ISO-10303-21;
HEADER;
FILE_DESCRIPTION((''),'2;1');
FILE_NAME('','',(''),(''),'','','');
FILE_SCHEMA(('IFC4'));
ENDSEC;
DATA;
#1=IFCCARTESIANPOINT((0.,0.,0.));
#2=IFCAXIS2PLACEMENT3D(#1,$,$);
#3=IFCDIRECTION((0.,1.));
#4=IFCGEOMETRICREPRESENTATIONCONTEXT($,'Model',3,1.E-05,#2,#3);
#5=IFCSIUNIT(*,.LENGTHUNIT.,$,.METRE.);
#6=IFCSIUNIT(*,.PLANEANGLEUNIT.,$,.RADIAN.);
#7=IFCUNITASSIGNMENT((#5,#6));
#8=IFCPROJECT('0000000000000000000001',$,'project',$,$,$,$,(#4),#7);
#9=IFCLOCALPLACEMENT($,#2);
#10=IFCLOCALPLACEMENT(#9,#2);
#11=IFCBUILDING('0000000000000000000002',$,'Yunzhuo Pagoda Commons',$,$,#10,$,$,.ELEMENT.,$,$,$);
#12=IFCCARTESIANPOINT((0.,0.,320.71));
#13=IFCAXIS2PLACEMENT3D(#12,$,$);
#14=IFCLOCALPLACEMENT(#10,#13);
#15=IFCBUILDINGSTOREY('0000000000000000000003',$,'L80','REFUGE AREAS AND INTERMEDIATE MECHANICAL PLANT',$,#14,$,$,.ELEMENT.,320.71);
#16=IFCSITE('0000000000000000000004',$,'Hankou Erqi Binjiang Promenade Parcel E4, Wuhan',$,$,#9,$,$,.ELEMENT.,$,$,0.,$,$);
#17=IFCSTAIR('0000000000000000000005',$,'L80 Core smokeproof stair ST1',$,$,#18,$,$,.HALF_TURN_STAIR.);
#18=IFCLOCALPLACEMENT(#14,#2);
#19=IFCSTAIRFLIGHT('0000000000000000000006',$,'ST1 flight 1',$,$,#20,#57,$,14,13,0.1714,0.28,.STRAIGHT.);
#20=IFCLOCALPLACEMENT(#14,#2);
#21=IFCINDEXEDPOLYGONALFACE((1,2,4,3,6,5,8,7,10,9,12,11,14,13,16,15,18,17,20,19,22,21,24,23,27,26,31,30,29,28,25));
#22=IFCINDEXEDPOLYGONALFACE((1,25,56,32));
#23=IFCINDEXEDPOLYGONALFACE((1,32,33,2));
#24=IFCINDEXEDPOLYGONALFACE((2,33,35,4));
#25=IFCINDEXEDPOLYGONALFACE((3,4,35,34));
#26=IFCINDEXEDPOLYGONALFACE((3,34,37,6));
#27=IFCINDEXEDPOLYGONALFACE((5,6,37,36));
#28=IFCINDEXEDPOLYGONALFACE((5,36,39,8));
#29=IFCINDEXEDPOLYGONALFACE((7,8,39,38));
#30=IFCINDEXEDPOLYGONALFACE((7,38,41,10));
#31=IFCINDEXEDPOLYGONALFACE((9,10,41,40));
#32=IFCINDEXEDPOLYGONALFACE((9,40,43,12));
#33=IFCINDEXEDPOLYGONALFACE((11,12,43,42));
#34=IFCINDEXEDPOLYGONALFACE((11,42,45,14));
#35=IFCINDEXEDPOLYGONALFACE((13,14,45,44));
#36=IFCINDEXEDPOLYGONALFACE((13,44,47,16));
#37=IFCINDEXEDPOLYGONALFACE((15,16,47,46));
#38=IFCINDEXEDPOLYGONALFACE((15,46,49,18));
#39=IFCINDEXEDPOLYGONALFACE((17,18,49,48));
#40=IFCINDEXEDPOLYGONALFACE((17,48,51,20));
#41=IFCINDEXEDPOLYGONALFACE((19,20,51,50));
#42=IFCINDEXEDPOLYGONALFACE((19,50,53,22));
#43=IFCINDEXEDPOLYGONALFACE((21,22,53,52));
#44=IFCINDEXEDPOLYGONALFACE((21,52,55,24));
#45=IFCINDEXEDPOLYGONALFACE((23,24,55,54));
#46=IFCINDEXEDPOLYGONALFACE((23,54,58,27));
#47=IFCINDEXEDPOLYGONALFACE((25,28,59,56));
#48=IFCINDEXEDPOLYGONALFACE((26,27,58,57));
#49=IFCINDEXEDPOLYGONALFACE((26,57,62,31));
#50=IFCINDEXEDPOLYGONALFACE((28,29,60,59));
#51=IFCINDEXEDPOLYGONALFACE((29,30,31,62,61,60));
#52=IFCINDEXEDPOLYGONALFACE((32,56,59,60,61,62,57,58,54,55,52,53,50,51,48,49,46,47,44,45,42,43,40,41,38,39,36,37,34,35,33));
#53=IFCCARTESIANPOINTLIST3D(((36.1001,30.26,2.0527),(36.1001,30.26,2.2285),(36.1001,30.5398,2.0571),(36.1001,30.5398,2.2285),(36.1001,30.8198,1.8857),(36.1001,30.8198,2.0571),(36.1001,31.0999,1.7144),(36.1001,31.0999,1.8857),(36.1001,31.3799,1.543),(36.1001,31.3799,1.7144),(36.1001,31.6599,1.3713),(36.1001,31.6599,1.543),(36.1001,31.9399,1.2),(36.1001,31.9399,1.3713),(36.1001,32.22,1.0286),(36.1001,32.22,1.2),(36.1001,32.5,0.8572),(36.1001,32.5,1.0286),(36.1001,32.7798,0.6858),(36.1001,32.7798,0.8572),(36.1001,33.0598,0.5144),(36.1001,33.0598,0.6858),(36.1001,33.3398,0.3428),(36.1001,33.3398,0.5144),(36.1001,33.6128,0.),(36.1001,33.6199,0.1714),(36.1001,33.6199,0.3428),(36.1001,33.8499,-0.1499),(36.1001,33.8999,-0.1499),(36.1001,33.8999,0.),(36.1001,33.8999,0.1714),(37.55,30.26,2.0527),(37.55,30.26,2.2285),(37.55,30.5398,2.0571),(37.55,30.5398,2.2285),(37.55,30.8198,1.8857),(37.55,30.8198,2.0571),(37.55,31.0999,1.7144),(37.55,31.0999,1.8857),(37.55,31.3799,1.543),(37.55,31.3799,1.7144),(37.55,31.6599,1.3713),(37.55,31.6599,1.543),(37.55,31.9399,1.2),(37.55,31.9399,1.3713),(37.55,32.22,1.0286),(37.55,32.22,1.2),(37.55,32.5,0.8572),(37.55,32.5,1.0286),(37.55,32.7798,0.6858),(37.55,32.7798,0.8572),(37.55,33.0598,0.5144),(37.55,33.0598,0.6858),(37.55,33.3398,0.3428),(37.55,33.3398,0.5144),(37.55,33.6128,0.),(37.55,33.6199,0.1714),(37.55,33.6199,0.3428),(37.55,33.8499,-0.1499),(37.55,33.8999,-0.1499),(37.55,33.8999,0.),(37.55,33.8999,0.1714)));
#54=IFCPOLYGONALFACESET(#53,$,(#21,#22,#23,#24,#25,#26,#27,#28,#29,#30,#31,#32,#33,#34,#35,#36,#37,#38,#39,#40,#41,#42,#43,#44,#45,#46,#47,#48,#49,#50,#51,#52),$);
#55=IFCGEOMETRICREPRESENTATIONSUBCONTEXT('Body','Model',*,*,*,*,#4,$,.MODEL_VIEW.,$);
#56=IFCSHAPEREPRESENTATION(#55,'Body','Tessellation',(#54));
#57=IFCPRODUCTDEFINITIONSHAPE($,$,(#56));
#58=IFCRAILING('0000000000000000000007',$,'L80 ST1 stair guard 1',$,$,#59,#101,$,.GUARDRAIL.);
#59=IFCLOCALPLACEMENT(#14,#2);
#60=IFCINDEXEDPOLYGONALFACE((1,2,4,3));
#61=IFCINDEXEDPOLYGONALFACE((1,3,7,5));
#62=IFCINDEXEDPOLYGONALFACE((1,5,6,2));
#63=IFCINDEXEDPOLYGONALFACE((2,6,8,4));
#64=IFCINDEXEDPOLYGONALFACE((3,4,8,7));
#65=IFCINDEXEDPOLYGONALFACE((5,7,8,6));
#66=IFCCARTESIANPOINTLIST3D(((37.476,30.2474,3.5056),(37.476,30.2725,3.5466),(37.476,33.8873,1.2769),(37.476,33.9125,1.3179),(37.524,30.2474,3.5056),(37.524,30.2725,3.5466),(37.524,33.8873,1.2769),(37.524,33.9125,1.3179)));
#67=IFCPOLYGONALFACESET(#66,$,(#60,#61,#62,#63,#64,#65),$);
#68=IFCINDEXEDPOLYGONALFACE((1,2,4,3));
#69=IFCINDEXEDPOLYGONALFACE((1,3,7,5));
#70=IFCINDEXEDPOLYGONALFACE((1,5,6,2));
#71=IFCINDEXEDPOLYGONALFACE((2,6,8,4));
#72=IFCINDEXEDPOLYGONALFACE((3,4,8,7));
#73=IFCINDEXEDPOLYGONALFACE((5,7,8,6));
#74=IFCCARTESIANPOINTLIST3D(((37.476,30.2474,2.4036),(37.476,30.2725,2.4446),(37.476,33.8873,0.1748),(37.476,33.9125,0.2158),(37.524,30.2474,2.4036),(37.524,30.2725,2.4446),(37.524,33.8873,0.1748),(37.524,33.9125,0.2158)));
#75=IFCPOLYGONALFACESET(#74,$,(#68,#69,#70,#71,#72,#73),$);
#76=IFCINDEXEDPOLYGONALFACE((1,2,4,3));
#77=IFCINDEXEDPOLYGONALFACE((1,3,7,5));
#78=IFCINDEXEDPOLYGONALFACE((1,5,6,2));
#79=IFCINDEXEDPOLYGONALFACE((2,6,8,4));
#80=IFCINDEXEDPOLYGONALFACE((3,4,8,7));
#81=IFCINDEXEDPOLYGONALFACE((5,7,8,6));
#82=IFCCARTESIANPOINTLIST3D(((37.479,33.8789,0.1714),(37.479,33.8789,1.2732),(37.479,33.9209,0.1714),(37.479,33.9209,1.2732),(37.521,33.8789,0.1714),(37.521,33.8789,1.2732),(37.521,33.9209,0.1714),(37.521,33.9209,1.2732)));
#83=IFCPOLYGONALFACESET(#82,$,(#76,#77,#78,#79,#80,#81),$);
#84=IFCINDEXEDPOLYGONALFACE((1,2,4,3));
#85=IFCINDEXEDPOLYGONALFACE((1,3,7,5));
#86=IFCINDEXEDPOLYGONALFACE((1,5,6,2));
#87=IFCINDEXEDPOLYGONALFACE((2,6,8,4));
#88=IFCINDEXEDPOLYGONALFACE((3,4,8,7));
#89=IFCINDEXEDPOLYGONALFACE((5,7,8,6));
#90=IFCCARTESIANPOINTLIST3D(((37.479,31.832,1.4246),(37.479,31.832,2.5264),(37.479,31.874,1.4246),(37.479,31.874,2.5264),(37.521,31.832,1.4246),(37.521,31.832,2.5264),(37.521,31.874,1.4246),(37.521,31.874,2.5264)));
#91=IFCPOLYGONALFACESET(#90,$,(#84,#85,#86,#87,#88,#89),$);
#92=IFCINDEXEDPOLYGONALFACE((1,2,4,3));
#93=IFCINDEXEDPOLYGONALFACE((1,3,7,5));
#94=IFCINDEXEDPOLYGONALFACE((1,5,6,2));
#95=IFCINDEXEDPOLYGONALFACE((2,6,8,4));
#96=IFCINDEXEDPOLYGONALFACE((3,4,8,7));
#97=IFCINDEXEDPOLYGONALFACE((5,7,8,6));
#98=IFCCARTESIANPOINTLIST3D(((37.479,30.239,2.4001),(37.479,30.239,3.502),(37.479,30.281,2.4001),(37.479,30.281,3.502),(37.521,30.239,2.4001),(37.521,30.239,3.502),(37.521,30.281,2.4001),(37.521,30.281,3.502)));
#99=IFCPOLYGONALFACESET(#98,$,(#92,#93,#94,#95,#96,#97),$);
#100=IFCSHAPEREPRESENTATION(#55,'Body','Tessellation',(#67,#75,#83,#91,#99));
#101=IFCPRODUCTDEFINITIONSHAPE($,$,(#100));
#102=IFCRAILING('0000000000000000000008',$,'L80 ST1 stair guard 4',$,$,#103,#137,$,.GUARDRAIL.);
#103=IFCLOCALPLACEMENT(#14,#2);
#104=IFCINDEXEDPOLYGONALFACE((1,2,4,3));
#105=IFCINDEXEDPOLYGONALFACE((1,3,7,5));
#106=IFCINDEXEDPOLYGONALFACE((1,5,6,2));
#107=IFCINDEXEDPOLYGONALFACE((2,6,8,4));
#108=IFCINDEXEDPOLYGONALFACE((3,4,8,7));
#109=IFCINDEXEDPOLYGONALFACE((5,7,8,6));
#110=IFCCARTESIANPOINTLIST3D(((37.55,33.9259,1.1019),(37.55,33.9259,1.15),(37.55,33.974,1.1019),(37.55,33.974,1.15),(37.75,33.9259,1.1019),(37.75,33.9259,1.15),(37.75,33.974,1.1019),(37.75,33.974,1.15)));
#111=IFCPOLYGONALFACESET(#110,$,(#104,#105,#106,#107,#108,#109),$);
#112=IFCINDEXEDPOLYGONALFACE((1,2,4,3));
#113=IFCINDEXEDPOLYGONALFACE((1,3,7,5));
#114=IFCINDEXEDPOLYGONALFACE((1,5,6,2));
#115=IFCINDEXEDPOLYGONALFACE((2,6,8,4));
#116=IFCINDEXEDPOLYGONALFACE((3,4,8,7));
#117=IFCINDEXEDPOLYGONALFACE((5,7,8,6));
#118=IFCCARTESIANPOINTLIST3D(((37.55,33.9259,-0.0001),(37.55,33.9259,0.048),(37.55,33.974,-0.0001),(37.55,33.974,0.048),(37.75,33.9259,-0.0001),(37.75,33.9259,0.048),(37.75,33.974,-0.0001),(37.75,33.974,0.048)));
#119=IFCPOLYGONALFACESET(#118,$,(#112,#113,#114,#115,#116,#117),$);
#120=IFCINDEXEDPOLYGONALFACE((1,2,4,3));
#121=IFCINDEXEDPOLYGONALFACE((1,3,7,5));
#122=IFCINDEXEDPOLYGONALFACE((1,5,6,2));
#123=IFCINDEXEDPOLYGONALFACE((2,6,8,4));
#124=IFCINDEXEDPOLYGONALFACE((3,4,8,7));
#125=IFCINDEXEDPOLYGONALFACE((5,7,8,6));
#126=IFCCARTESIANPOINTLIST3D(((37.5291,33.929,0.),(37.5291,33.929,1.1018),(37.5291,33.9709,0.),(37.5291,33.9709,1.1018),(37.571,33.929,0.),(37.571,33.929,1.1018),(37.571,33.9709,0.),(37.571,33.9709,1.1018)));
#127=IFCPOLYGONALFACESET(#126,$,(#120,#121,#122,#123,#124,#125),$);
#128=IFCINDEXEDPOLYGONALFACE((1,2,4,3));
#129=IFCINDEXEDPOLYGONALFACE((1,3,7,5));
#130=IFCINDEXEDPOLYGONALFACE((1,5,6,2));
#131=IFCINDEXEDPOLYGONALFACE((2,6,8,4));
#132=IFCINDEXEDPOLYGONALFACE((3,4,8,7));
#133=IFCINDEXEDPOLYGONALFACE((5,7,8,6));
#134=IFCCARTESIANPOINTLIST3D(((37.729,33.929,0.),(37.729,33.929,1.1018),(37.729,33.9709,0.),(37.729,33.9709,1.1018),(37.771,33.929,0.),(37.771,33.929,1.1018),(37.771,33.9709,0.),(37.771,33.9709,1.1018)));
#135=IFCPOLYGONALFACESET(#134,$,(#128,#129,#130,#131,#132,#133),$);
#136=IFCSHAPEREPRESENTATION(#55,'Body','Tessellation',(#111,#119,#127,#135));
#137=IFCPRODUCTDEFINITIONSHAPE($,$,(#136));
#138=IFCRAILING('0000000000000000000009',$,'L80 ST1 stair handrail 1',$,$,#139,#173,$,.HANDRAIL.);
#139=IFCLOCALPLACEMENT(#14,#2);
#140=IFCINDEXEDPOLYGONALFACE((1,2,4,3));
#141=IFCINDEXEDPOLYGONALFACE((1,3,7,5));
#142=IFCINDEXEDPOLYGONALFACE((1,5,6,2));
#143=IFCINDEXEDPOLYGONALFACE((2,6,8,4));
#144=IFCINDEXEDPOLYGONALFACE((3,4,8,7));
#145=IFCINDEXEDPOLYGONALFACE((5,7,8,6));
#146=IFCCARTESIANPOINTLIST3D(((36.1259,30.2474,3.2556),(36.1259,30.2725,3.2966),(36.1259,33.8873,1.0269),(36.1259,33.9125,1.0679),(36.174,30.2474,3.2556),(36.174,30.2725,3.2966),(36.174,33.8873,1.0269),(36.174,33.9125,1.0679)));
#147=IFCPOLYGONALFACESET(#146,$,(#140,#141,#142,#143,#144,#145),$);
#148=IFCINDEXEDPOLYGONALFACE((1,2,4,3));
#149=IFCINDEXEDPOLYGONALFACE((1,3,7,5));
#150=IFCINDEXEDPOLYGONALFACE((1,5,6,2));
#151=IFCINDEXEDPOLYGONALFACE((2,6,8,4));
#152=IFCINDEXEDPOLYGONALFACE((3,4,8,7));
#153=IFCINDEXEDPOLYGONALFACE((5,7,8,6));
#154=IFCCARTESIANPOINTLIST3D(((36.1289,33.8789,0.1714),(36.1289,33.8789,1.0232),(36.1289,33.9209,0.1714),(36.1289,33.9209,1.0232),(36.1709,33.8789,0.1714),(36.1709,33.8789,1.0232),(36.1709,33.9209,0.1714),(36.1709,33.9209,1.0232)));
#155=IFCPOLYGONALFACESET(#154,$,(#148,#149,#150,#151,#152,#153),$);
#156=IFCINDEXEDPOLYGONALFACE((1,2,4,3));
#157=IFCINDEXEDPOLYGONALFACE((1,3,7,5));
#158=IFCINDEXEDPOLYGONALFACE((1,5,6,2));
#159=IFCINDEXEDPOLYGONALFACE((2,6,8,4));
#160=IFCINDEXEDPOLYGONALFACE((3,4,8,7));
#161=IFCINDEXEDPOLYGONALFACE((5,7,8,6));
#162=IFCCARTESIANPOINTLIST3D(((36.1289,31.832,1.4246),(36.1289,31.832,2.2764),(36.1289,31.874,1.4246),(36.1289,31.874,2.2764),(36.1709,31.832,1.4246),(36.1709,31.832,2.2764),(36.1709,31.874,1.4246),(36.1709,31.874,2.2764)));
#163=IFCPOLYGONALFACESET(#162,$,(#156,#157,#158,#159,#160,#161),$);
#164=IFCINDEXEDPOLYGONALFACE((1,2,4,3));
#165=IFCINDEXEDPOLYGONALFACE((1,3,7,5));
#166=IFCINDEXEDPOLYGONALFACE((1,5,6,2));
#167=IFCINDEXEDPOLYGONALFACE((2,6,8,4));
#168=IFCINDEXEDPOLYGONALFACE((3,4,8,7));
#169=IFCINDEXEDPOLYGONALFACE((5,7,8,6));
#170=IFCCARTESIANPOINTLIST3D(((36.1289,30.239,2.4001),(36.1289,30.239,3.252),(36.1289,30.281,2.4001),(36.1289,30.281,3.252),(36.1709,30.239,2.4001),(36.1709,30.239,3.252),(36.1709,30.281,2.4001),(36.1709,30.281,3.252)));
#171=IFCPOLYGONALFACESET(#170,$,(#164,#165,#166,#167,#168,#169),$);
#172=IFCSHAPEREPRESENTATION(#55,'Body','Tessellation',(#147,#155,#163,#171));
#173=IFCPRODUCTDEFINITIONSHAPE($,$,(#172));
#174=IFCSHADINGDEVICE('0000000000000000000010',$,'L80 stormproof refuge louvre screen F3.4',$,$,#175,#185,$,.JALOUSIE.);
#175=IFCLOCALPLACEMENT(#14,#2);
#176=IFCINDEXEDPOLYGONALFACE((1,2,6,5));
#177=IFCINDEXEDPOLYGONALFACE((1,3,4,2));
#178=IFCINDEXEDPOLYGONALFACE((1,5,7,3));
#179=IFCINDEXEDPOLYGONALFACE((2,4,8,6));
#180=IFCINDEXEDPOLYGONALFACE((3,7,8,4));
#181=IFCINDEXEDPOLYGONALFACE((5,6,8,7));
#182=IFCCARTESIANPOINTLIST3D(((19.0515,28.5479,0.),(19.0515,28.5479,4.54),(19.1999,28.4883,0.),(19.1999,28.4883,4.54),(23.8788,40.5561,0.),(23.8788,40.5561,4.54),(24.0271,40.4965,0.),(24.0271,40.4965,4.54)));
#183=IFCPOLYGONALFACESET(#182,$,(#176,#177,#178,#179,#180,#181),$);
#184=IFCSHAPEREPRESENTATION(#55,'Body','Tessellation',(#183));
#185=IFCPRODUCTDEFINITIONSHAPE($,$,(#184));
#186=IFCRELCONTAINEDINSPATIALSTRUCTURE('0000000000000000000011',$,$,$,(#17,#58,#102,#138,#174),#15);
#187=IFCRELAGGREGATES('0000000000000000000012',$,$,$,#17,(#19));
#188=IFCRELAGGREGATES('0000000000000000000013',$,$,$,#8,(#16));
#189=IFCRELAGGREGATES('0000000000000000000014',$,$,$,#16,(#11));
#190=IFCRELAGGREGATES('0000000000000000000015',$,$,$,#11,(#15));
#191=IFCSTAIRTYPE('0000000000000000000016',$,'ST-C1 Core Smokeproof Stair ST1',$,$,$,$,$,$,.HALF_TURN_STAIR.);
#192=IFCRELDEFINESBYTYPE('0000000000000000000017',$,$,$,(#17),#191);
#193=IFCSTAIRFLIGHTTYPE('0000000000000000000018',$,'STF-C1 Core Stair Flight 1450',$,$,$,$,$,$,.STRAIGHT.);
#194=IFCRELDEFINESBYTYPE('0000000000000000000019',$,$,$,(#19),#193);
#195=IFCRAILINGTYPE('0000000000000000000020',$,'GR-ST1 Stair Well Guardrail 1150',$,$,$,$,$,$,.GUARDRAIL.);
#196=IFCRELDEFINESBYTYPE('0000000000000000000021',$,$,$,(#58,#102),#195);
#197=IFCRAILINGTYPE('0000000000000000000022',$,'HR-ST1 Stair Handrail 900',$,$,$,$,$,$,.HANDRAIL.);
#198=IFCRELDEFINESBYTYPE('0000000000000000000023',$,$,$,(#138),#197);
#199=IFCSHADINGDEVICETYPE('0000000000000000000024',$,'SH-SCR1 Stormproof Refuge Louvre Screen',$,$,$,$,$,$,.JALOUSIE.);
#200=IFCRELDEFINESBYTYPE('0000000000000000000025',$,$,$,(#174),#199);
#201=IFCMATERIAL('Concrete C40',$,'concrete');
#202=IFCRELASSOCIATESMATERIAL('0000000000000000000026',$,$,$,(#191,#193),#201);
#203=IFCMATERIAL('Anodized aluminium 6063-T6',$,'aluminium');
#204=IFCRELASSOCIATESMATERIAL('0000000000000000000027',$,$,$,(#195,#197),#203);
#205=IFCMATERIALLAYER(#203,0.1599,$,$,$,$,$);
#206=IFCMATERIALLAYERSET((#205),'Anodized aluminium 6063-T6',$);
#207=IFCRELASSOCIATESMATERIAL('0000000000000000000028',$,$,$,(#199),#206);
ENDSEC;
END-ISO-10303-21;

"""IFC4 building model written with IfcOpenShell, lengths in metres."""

from ifc_helpers import new_model, si_unit, direction, frame, origin, origin_2d, place, context, subcontext, project, spatial, polyline, rectangle, outline, extrude, source, transform, mapped, material, layer, layer_set, type_object, element, aggregate, save


model = new_model("IFC4")

# Units and contexts
model_context = context("Model", 3, precision=1e-05, world=origin(), true_north=direction((0.0, 1.0)))
body_context = subcontext(model_context, "Body", "Model", "MODEL_VIEW")
ifc_project = project(units=[si_unit("LENGTHUNIT", "METRE"), si_unit("PLANEANGLEUNIT", "RADIAN")], contexts=[model_context])

# Site, building, storey
site_placement = place(None, origin())
site = spatial("IfcSite", under=ifc_project, at=site_placement, Name="Hankou Erqi Binjiang Promenade Parcel E4, Wuhan", CompositionType="ELEMENT", RefElevation=0.0)
building_placement = place(site_placement, origin())
building = spatial("IfcBuilding", under=site, at=building_placement, Name="Yunzhuo Pagoda Commons", CompositionType="ELEMENT")
storey_placement = place(building_placement, frame((0.0, 0.0, 320.71)))
storey = spatial("IfcBuildingStorey", under=building, at=storey_placement, Name="L80", Description="REFUGE AREAS AND INTERMEDIATE MECHANICAL PLANT", CompositionType="ELEMENT", Elevation=320.71)

# Shared definitions
ifc_material_1 = material(Name="Concrete C40", Category="concrete")

# Stair, stair flight
stair_type = type_object("IfcStairType", Name="ST-C1 Core Smokeproof Stair ST1", PredefinedType="HALF_TURN_STAIR", material=ifc_material_1)
stair_placement = place(storey_placement, origin())
stair = element("IfcStair", 1, at=stair_placement, inside=storey, type_object=stair_type, Name="L80 Core smokeproof stair ST1", PredefinedType="HALF_TURN_STAIR")
stair_flight_type = type_object("IfcStairFlightType", Name="STF-C1 Core Stair Flight 1450", PredefinedType="STRAIGHT", material=ifc_material_1)
shared_shape_1 = source(origin(), body_context, "Body", "SweptSolid", [
    extrude(outline(polyline([(0.0, -0.1499), (0.0, 0.0), (0.0, 0.1714), (0.28, 0.1714), (0.28, 0.3428), (0.5601, 0.3428), (0.5601, 0.5144), (0.8401, 0.5144), (0.8401, 0.6858), (1.1201, 0.6858), (1.1201, 0.8572), (1.3999, 0.8572), (1.3999, 1.0286), (1.6799, 1.0286), (1.6799, 1.2), (1.96, 1.2), (1.96, 1.3713), (2.24, 1.3713), (2.24, 1.543), (2.52, 1.543), (2.52, 1.7144), (2.8, 1.7144), (2.8, 1.8857), (3.0801, 1.8857), (3.0801, 2.0571), (3.3601, 2.0571), (3.3601, 2.2285), (3.6399, 2.2285), (3.6399, 2.3999), (3.6399, 2.0527), (0.2871, 0.0), (0.05, -0.1499), (0.0, -0.1499)])), frame((0.0, 0.7251, 0.0), z_axis=(0.0, -1.0, 0.0), x_axis=(1.0, 0.0, 0.0)), (0.0, 0.0, 1.0), 1.45),
])
stair_flight_placement = place(storey_placement, frame((36.825, 33.8999, 0.0), z_axis=(0.0, 0.0, 1.0), x_axis=(0.0, -1.0, 0.0)))
stair_flight = element("IfcStairFlight", 2, at=stair_flight_placement, type_object=stair_flight_type, Name="ST1 flight 1", NumberOfRisers=14, NumberOfTreads=13, PredefinedType="STRAIGHT", RiserHeight=0.1714, TreadLength=0.28, context=body_context, shape_type="MappedRepresentation", body=[
    mapped(shared_shape_1, transform((0.0, 0.0, 0.0), scale=1.0)),
])
aggregate(stair, [stair_flight])

# Railings
ifc_material_2 = material(Name="Anodized aluminium 6063-T6", Category="aluminium")
railing_type_1 = type_object("IfcRailingType", Name="GR-ST1 Stair Well Guardrail 1150", PredefinedType="GUARDRAIL", material=ifc_material_2)
railing_1_placement = place(storey_placement, frame((37.5, 33.8999, 0.1714)))
element("IfcRailing", 3, at=railing_1_placement, inside=storey, type_object=railing_type_1, Name="L80 ST1 stair guard 1", PredefinedType="GUARDRAIL", context=body_context, shape_type="SweptSolid", body=[
    extrude(rectangle(XDim=0.0481, YDim=0.0481, at=origin_2d()), frame((0.0, 0.0, 1.126), z_axis=(0.0, -0.852825, 0.522197), x_axis=(1.0, 0.0, 0.0)), (0.0, 0.0, 1.0), 4.2681),
    extrude(rectangle(XDim=0.0481, YDim=0.0481, at=origin_2d()), frame((0.0, 0.0, 0.0239), z_axis=(0.0, -0.852825, 0.522197), x_axis=(1.0, 0.0, 0.0)), (0.0, 0.0, 1.0), 4.2681),
    extrude(rectangle(XDim=0.042, YDim=0.042, at=origin_2d()), origin(), (0.0, 0.0, 1.0), 1.1018),
    extrude(rectangle(XDim=0.042, YDim=0.042, at=origin_2d()), frame((0.0, -2.0469, 1.2532)), (0.0, 0.0, 1.0), 1.1018),
    extrude(rectangle(XDim=0.042, YDim=0.042, at=origin_2d()), frame((0.0, -3.6399, 2.2288)), (0.0, 0.0, 1.0), 1.1018),
])
railing_2_placement = place(storey_placement, frame((37.55, 33.95, 0.0)))
element("IfcRailing", 4, at=railing_2_placement, inside=storey, type_object=railing_type_1, Name="L80 ST1 stair guard 4", PredefinedType="GUARDRAIL", context=body_context, shape_type="SweptSolid", body=[
    extrude(rectangle(XDim=0.0481, YDim=0.0481, at=origin_2d()), frame((0.0, 0.0, 1.126), z_axis=(1.0, 0.0, 0.0), x_axis=(0.0, 1.0, 0.0)), (0.0, 0.0, 1.0), 0.2),
    extrude(rectangle(XDim=0.0481, YDim=0.0481, at=origin_2d()), frame((0.0, 0.0, 0.0239), z_axis=(1.0, 0.0, 0.0), x_axis=(0.0, 1.0, 0.0)), (0.0, 0.0, 1.0), 0.2),
    extrude(rectangle(XDim=0.042, YDim=0.042, at=origin_2d()), origin(), (0.0, 0.0, 1.0), 1.1018),
    extrude(rectangle(XDim=0.042, YDim=0.042, at=origin_2d()), frame((0.2, 0.0, 0.0)), (0.0, 0.0, 1.0), 1.1018),
])
railing_type_2 = type_object("IfcRailingType", Name="HR-ST1 Stair Handrail 900", PredefinedType="HANDRAIL", material=ifc_material_2)
railing_3_placement = place(storey_placement, frame((36.1499, 33.8999, 0.1714)))
element("IfcRailing", 5, at=railing_3_placement, inside=storey, type_object=railing_type_2, Name="L80 ST1 stair handrail 1", PredefinedType="HANDRAIL", context=body_context, shape_type="SweptSolid", body=[
    extrude(rectangle(XDim=0.0481, YDim=0.0481, at=origin_2d()), frame((0.0, 0.0, 0.876), z_axis=(0.0, -0.852825, 0.522197), x_axis=(1.0, 0.0, 0.0)), (0.0, 0.0, 1.0), 4.2681),
    extrude(rectangle(XDim=0.042, YDim=0.042, at=origin_2d()), origin(), (0.0, 0.0, 1.0), 0.8518),
    extrude(rectangle(XDim=0.042, YDim=0.042, at=origin_2d()), frame((0.0, -2.0469, 1.2532)), (0.0, 0.0, 1.0), 0.8518),
    extrude(rectangle(XDim=0.042, YDim=0.042, at=origin_2d()), frame((0.0, -3.6399, 2.2288)), (0.0, 0.0, 1.0), 0.8518),
])

# Shading device
ifc_layer_1 = layer(ifc_material_2, 0.1599)
ifc_layer_set_1 = layer_set([ifc_layer_1], Name="Anodized aluminium 6063-T6")
shading_device_type = type_object("IfcShadingDeviceType", Name="SH-SCR1 Stormproof Refuge Louvre Screen", PredefinedType="JALOUSIE", material=ifc_layer_set_1)
shared_shape_2 = source(origin(), body_context, "Body", "SweptSolid", [
    extrude(rectangle(XDim=12.9421, YDim=0.1599, at=origin_2d()), origin(), (0.0, 0.0, 1.0), 4.54),
])
shading_device_placement = place(storey_placement, frame((21.5393, 34.5222, 0.0), z_axis=(0.0, 0.0, 1.0), x_axis=(-0.372988, -0.927836, 0.0)))
element("IfcShadingDevice", 6, at=shading_device_placement, inside=storey, type_object=shading_device_type, Name="L80 stormproof refuge louvre screen F3.4", PredefinedType="JALOUSIE", context=body_context, shape_type="MappedRepresentation", body=[
    mapped(shared_shape_2, transform((0.0, 0.0, 0.0), scale=1.0)),
])

save(model, "model.ifc")
